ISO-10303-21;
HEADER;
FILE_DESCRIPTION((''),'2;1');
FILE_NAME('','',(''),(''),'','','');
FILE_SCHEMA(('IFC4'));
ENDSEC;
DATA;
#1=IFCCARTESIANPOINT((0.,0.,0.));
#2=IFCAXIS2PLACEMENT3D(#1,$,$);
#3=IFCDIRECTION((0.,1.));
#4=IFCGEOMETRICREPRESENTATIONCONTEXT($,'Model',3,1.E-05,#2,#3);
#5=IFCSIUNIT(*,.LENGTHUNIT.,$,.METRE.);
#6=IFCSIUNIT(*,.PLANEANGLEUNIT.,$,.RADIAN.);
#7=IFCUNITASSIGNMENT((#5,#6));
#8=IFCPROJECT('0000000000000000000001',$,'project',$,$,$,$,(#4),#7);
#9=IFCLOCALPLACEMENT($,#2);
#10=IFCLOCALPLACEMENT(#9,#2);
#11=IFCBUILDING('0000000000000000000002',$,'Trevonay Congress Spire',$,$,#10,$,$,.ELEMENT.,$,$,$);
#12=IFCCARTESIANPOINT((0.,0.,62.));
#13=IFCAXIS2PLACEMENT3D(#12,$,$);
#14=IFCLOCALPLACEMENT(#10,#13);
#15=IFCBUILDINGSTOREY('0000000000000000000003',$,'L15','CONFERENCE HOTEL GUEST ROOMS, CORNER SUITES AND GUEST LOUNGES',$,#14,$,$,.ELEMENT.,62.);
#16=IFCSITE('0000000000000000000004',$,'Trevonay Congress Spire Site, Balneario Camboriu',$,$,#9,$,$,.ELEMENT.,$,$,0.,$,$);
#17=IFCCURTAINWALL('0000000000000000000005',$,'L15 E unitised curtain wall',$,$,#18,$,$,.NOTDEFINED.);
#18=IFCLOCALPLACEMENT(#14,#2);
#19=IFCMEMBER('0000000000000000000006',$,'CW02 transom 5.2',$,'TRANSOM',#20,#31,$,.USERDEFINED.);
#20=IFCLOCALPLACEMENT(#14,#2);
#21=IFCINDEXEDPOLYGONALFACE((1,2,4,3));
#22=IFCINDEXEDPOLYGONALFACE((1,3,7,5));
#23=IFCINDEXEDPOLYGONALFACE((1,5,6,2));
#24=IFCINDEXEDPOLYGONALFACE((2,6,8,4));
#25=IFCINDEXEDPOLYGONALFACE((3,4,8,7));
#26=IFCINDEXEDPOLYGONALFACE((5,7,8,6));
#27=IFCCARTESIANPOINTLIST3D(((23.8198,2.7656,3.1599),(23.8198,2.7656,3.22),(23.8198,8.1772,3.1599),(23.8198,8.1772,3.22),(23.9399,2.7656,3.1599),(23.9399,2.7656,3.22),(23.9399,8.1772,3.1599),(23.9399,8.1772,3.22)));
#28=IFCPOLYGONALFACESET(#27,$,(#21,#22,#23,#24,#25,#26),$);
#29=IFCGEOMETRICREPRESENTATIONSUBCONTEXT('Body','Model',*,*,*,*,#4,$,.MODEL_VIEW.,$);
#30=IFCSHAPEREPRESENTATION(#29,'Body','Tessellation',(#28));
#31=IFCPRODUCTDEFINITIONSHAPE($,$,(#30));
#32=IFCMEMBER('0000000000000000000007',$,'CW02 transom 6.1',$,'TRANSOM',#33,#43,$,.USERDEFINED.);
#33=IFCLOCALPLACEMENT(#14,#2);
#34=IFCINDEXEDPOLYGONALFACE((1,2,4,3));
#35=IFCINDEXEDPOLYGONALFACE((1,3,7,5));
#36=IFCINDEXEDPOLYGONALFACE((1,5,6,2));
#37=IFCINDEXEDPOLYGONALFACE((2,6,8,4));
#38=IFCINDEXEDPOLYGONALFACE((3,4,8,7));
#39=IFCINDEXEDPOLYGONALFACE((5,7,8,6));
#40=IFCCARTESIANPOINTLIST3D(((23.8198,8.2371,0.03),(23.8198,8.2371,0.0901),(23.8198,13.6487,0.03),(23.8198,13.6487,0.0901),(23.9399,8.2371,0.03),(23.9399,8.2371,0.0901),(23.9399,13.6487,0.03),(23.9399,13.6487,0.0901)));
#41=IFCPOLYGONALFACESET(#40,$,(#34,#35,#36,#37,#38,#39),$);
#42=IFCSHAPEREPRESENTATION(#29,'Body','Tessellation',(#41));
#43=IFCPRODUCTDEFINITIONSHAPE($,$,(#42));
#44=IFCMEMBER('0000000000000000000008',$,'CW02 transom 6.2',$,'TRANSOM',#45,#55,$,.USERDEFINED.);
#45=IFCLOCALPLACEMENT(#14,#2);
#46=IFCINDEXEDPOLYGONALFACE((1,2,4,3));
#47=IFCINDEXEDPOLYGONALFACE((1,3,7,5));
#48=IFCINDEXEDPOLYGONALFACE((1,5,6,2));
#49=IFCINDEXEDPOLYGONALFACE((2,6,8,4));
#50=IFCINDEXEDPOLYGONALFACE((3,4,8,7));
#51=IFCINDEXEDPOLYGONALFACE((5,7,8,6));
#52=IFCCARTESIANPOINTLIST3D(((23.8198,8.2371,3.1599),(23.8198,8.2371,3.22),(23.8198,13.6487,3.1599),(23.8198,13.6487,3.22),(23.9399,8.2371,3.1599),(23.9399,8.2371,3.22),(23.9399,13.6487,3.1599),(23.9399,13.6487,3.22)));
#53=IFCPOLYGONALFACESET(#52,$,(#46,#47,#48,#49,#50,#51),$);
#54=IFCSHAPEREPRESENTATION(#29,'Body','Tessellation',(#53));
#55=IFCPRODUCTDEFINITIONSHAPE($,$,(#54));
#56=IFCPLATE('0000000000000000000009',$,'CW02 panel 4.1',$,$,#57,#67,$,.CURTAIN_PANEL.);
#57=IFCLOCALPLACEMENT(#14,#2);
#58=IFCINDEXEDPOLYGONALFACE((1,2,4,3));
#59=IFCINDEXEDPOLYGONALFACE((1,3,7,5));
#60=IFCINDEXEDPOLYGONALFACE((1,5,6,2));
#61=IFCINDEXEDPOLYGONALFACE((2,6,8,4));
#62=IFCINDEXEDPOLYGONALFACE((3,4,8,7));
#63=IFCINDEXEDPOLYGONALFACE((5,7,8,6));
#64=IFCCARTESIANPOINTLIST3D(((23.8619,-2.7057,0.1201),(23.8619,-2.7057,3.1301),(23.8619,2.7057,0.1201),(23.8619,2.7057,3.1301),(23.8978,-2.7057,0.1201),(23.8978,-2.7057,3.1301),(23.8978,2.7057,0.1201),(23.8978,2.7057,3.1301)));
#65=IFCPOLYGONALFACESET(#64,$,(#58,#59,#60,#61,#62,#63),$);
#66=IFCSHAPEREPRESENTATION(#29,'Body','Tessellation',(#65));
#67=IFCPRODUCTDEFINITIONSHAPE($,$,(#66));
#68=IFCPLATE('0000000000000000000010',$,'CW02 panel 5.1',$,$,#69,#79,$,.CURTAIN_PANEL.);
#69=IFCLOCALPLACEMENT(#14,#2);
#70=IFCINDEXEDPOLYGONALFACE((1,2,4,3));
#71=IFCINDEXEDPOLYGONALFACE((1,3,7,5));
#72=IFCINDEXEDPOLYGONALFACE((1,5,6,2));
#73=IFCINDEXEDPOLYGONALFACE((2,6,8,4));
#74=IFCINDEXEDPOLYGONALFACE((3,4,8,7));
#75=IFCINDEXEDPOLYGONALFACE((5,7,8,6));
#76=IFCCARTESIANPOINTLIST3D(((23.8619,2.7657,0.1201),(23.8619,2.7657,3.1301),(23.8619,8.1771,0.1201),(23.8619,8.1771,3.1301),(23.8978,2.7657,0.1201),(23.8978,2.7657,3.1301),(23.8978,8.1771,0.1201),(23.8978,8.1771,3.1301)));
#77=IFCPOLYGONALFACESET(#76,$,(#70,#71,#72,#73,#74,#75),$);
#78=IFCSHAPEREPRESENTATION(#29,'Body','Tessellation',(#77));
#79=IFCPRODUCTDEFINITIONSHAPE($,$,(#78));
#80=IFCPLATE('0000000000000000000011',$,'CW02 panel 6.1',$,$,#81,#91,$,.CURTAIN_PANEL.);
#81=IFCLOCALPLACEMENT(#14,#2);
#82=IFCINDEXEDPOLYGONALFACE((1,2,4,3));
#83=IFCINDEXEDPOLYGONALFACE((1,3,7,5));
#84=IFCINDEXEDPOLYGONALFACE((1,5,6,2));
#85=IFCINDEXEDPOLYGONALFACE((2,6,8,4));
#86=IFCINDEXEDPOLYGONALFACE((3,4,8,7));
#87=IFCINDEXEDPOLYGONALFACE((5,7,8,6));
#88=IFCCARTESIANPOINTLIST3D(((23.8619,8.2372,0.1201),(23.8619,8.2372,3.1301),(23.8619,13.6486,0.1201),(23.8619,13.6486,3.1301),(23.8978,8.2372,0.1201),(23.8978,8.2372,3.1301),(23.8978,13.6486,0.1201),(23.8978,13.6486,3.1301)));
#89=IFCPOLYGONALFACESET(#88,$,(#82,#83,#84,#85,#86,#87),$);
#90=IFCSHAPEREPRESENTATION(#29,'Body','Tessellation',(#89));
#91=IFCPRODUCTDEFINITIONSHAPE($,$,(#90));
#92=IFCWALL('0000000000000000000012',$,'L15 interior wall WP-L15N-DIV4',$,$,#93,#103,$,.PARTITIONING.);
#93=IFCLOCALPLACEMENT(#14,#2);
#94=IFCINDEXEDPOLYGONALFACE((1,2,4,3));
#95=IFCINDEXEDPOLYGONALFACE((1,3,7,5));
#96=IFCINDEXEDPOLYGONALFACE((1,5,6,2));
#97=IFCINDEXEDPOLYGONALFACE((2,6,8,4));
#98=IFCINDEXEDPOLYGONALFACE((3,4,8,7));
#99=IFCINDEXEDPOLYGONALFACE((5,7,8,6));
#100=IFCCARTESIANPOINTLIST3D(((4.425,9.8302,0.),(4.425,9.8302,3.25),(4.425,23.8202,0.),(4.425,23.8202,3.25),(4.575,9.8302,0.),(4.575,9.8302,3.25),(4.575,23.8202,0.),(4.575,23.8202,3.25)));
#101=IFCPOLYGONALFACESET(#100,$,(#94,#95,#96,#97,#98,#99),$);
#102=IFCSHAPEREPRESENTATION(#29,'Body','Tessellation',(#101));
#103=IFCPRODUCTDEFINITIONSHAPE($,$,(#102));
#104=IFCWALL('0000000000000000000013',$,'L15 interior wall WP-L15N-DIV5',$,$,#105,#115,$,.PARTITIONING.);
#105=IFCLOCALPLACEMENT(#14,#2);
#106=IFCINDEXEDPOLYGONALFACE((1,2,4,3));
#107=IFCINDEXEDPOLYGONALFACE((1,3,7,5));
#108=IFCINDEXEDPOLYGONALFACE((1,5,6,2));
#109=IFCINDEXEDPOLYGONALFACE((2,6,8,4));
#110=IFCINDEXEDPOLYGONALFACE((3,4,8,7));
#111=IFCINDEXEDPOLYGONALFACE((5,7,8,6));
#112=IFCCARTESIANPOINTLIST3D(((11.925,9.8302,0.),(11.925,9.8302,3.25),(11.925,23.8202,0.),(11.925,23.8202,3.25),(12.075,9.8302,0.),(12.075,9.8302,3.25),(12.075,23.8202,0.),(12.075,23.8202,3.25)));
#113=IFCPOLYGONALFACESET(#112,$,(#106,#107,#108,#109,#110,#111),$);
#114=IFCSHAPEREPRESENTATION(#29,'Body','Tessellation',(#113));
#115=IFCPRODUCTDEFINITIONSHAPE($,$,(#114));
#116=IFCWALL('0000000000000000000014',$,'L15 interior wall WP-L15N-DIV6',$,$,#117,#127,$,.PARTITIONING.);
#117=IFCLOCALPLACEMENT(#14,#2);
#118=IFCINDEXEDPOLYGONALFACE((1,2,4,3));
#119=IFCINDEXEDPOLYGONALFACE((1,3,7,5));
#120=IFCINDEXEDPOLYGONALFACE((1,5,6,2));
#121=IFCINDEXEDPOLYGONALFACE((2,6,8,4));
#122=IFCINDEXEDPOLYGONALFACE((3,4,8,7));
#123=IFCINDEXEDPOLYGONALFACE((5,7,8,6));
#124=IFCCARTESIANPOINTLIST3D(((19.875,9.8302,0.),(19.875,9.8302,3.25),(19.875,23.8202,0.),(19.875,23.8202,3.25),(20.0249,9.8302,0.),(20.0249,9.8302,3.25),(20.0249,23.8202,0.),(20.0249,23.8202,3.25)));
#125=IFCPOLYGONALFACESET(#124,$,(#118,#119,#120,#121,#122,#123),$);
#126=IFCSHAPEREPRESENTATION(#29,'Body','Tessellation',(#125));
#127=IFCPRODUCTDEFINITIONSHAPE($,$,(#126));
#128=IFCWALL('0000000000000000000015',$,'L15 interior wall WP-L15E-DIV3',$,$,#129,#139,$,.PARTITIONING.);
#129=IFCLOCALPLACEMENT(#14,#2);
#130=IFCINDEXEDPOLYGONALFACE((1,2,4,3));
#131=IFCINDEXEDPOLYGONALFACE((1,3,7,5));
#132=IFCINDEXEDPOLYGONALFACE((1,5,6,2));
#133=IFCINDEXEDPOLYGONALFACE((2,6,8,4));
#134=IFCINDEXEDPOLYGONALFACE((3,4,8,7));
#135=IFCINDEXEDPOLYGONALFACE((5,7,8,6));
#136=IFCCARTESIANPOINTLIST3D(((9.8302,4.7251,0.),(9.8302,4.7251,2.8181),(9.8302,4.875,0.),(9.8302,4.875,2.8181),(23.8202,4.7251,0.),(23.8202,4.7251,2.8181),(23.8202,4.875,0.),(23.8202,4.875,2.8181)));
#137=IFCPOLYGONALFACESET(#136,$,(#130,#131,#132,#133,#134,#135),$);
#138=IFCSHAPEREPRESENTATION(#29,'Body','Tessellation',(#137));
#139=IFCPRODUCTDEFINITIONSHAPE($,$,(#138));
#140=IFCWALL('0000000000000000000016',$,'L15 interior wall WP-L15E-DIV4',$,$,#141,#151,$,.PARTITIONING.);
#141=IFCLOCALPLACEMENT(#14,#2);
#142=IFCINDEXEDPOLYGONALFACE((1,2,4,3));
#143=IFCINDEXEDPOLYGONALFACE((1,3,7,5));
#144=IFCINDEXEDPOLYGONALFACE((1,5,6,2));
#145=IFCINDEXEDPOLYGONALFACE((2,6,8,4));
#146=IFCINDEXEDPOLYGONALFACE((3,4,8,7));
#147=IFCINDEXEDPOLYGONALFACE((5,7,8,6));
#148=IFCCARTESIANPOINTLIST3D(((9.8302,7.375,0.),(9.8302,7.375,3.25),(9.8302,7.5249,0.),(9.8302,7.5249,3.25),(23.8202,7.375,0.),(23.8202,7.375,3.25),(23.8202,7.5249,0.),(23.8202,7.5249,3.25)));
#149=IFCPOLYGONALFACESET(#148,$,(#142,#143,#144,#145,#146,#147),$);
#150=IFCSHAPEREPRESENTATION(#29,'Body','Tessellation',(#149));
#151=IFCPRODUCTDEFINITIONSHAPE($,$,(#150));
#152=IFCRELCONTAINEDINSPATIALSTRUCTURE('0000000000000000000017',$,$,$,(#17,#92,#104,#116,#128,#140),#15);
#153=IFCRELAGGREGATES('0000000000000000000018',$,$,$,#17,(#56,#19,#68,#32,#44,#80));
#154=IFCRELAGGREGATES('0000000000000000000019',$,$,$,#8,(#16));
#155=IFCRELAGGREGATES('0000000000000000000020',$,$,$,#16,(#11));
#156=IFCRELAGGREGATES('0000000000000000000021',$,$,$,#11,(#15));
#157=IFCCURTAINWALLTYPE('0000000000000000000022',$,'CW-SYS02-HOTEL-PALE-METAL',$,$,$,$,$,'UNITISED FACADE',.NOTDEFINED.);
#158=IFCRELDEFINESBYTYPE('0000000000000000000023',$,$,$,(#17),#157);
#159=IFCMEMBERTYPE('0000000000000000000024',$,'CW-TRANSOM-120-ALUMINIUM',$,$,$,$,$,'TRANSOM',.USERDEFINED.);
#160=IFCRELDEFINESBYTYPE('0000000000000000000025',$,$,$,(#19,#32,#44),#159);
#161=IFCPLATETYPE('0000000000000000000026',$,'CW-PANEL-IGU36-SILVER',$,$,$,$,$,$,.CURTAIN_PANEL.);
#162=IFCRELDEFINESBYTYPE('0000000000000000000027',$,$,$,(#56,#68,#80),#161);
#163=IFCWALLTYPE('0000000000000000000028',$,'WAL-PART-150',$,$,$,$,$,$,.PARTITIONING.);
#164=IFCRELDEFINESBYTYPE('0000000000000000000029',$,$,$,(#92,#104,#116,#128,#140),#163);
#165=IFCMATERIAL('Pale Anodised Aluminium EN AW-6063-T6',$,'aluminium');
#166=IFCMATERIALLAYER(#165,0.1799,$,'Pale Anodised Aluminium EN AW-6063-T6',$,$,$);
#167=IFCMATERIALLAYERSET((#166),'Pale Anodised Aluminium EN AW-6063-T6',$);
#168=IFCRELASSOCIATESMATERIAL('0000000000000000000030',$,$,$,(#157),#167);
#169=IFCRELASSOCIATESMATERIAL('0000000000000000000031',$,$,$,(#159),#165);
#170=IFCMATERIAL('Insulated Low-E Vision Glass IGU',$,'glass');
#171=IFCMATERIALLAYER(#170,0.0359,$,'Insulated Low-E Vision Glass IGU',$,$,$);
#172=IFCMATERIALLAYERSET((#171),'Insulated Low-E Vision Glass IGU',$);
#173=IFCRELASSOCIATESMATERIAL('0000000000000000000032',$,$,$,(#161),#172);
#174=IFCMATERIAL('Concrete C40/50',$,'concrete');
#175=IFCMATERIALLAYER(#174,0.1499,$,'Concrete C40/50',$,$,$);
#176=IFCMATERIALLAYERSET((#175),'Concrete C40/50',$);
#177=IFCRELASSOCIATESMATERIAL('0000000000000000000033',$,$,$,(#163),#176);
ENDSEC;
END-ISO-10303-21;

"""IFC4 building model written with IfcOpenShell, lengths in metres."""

from ifc_helpers import new_model, si_unit, direction, frame, frame_2d, origin, origin_2d, place, context, subcontext, project, spatial, rectangle, extrude, material, layer, layer_set, material_profile, profile_set, type_object, element, aggregate, save


model = new_model("IFC4")

# Units and contexts
model_context = context("Model", 3, precision=1e-05, world=origin(), true_north=direction((0.0, 1.0)))
body_context = subcontext(model_context, "Body", "Model", "MODEL_VIEW")
ifc_project = project(units=[si_unit("LENGTHUNIT", "METRE"), si_unit("PLANEANGLEUNIT", "RADIAN")], contexts=[model_context])

# Site, building, storey
site_placement = place(None, origin())
site = spatial("IfcSite", under=ifc_project, at=site_placement, Name="Trevonay Congress Spire Site, Balneario Camboriu", CompositionType="ELEMENT", RefElevation=0.0)
building_placement = place(site_placement, origin())
building = spatial("IfcBuilding", under=site, at=building_placement, Name="Trevonay Congress Spire", CompositionType="ELEMENT")
storey_placement = place(building_placement, frame((0.0, 0.0, 62.0)))
storey = spatial("IfcBuildingStorey", under=building, at=storey_placement, Name="L15", Description="CONFERENCE HOTEL GUEST ROOMS, CORNER SUITES AND GUEST LOUNGES", CompositionType="ELEMENT", Elevation=62.0)

# Curtain wall, members, plates
ifc_material_1 = material(Name="Pale Anodised Aluminium EN AW-6063-T6", Category="aluminium")
ifc_layer_1 = layer(ifc_material_1, 0.1799, Name="Pale Anodised Aluminium EN AW-6063-T6")
ifc_layer_set_1 = layer_set([ifc_layer_1], Name="Pale Anodised Aluminium EN AW-6063-T6")
curtain_wall_type = type_object("IfcCurtainWallType", Name="CW-SYS02-HOTEL-PALE-METAL", ElementType="UNITISED FACADE", PredefinedType="NOTDEFINED", material=ifc_layer_set_1)
curtain_wall_placement = place(storey_placement, origin())
curtain_wall = element("IfcCurtainWall", 1, at=curtain_wall_placement, inside=storey, type_object=curtain_wall_type, Name="L15 E unitised curtain wall", PredefinedType="NOTDEFINED")
ifc_material_profile_1 = material_profile(ifc_material_1, rectangle(XDim=0.1201, YDim=0.0601, at=origin_2d()), Name="CW-TRANSOM-120-ALUMINIUM")
ifc_profile_set_1 = profile_set([ifc_material_profile_1], Name="Pale Anodised Aluminium EN AW-6063-T6")
member_type_1 = type_object("IfcMemberType", Name="CW-TRANSOM-120-ALUMINIUM", ElementType="TRANSOM", PredefinedType="USERDEFINED", material=ifc_profile_set_1)
member_1_placement = place(storey_placement, frame((23.8799, 2.7656, 3.1899), z_axis=(0.0, 1.0, 0.0), x_axis=(-1.0, 0.0, 0.0)))
member_1 = element("IfcMember", 2, at=member_1_placement, type_object=member_type_1, Name="CW02 transom 5.2", ObjectType="TRANSOM", PredefinedType="USERDEFINED", context=body_context, shape_type="SweptSolid", body=[
    extrude(rectangle(XDim=0.1201, YDim=0.0601, at=origin_2d()), origin(), (0.0, 0.0, 1.0), 5.4116),
])
member_2_placement = place(storey_placement, frame((23.8799, 8.2371, 0.0601), z_axis=(0.0, 1.0, 0.0), x_axis=(-1.0, 0.0, 0.0)))
member_2 = element("IfcMember", 3, at=member_2_placement, type_object=member_type_1, Name="CW02 transom 6.1", ObjectType="TRANSOM", PredefinedType="USERDEFINED", context=body_context, shape_type="SweptSolid", body=[
    extrude(rectangle(XDim=0.1201, YDim=0.0601, at=origin_2d()), origin(), (0.0, 0.0, 1.0), 5.4116),
])
member_3_placement = place(storey_placement, frame((23.8799, 8.2371, 3.1899), z_axis=(0.0, 1.0, 0.0), x_axis=(-1.0, 0.0, 0.0)))
member_3 = element("IfcMember", 4, at=member_3_placement, type_object=member_type_1, Name="CW02 transom 6.2", ObjectType="TRANSOM", PredefinedType="USERDEFINED", context=body_context, shape_type="SweptSolid", body=[
    extrude(rectangle(XDim=0.1201, YDim=0.0601, at=origin_2d()), origin(), (0.0, 0.0, 1.0), 5.4116),
])
ifc_material_2 = material(Name="Insulated Low-E Vision Glass IGU", Category="glass")
ifc_layer_2 = layer(ifc_material_2, 0.0359, Name="Insulated Low-E Vision Glass IGU")
ifc_layer_set_2 = layer_set([ifc_layer_2], Name="Insulated Low-E Vision Glass IGU")
plate_type = type_object("IfcPlateType", Name="CW-PANEL-IGU36-SILVER", PredefinedType="CURTAIN_PANEL", material=ifc_layer_set_2)
plate_1_placement = place(storey_placement, frame((23.8799, 0.0, 0.1201), z_axis=(0.0, 0.0, 1.0), x_axis=(0.0, 1.0, 0.0)))
plate_1 = element("IfcPlate", 5, at=plate_1_placement, type_object=plate_type, Name="CW02 panel 4.1", PredefinedType="CURTAIN_PANEL", context=body_context, shape_type="SweptSolid", body=[
    extrude(rectangle(XDim=5.4114, YDim=0.0359, at=origin_2d()), origin(), (0.0, 0.0, 1.0), 3.01),
])
plate_2_placement = place(storey_placement, frame((23.8799, 5.4714, 0.1201), z_axis=(0.0, 0.0, 1.0), x_axis=(0.0, 1.0, 0.0)))
plate_2 = element("IfcPlate", 6, at=plate_2_placement, type_object=plate_type, Name="CW02 panel 5.1", PredefinedType="CURTAIN_PANEL", context=body_context, shape_type="SweptSolid", body=[
    extrude(rectangle(XDim=5.4114, YDim=0.0359, at=origin_2d()), origin(), (0.0, 0.0, 1.0), 3.01),
])
plate_3_placement = place(storey_placement, frame((23.8799, 10.9429, 0.1201), z_axis=(0.0, 0.0, 1.0), x_axis=(0.0, 1.0, 0.0)))
plate_3 = element("IfcPlate", 7, at=plate_3_placement, type_object=plate_type, Name="CW02 panel 6.1", PredefinedType="CURTAIN_PANEL", context=body_context, shape_type="SweptSolid", body=[
    extrude(rectangle(XDim=5.4114, YDim=0.0359, at=origin_2d()), origin(), (0.0, 0.0, 1.0), 3.01),
])
aggregate(curtain_wall, [plate_1, member_1, plate_2, member_2, member_3, plate_3])

# Walls
ifc_material_3 = material(Name="Concrete C40/50", Category="concrete")
ifc_layer_3 = layer(ifc_material_3, 0.1499, Name="Concrete C40/50")
ifc_layer_set_3 = layer_set([ifc_layer_3], Name="Concrete C40/50")
wall_type = type_object("IfcWallType", Name="WAL-PART-150", PredefinedType="PARTITIONING", material=ifc_layer_set_3)
for number, where, z_axis, x_axis, name in (
    (8, (4.5, 9.8301, 0.0), (0.0, 0.0, 1.0), (0.0, 1.0, 0.0), "L15 interior wall WP-L15N-DIV4"),
    (9, (12.0, 9.8301, 0.0), (0.0, 0.0, 1.0), (0.0, 1.0, 0.0), "L15 interior wall WP-L15N-DIV5"),
    (10, (19.95, 9.8301, 0.0), (0.0, 0.0, 1.0), (0.0, 1.0, 0.0), "L15 interior wall WP-L15N-DIV6"),
):
    element("IfcWall", number, at=place(storey_placement, frame(where, z_axis=z_axis, x_axis=x_axis)), inside=storey, type_object=wall_type, Name=name, PredefinedType="PARTITIONING", context=body_context, shape_type="SweptSolid", body=[
        extrude(rectangle(XDim=13.99, YDim=0.1499, at=frame_2d((6.9951, 0.0))), origin(), (0.0, 0.0, 1.0), 3.25),
    ])
wall_1_placement = place(storey_placement, frame((9.8301, 4.8, 0.0), z_axis=(0.0, 0.0, 1.0), x_axis=(1.0, 0.0, 0.0)))
element("IfcWall", 11, at=wall_1_placement, inside=storey, type_object=wall_type, Name="L15 interior wall WP-L15E-DIV3", PredefinedType="PARTITIONING", context=body_context, shape_type="SweptSolid", body=[
    extrude(rectangle(XDim=13.99, YDim=0.1499, at=frame_2d((6.9951, 0.0))), origin(), (0.0, 0.0, 1.0), 2.8181),
])
wall_2_placement = place(storey_placement, frame((9.8301, 7.45, 0.0), z_axis=(0.0, 0.0, 1.0), x_axis=(1.0, 0.0, 0.0)))
element("IfcWall", 12, at=wall_2_placement, inside=storey, type_object=wall_type, Name="L15 interior wall WP-L15E-DIV4", PredefinedType="PARTITIONING", context=body_context, shape_type="SweptSolid", body=[
    extrude(rectangle(XDim=13.99, YDim=0.1499, at=frame_2d((6.9951, 0.0))), origin(), (0.0, 0.0, 1.0), 3.25),
])

save(model, "model.ifc")
